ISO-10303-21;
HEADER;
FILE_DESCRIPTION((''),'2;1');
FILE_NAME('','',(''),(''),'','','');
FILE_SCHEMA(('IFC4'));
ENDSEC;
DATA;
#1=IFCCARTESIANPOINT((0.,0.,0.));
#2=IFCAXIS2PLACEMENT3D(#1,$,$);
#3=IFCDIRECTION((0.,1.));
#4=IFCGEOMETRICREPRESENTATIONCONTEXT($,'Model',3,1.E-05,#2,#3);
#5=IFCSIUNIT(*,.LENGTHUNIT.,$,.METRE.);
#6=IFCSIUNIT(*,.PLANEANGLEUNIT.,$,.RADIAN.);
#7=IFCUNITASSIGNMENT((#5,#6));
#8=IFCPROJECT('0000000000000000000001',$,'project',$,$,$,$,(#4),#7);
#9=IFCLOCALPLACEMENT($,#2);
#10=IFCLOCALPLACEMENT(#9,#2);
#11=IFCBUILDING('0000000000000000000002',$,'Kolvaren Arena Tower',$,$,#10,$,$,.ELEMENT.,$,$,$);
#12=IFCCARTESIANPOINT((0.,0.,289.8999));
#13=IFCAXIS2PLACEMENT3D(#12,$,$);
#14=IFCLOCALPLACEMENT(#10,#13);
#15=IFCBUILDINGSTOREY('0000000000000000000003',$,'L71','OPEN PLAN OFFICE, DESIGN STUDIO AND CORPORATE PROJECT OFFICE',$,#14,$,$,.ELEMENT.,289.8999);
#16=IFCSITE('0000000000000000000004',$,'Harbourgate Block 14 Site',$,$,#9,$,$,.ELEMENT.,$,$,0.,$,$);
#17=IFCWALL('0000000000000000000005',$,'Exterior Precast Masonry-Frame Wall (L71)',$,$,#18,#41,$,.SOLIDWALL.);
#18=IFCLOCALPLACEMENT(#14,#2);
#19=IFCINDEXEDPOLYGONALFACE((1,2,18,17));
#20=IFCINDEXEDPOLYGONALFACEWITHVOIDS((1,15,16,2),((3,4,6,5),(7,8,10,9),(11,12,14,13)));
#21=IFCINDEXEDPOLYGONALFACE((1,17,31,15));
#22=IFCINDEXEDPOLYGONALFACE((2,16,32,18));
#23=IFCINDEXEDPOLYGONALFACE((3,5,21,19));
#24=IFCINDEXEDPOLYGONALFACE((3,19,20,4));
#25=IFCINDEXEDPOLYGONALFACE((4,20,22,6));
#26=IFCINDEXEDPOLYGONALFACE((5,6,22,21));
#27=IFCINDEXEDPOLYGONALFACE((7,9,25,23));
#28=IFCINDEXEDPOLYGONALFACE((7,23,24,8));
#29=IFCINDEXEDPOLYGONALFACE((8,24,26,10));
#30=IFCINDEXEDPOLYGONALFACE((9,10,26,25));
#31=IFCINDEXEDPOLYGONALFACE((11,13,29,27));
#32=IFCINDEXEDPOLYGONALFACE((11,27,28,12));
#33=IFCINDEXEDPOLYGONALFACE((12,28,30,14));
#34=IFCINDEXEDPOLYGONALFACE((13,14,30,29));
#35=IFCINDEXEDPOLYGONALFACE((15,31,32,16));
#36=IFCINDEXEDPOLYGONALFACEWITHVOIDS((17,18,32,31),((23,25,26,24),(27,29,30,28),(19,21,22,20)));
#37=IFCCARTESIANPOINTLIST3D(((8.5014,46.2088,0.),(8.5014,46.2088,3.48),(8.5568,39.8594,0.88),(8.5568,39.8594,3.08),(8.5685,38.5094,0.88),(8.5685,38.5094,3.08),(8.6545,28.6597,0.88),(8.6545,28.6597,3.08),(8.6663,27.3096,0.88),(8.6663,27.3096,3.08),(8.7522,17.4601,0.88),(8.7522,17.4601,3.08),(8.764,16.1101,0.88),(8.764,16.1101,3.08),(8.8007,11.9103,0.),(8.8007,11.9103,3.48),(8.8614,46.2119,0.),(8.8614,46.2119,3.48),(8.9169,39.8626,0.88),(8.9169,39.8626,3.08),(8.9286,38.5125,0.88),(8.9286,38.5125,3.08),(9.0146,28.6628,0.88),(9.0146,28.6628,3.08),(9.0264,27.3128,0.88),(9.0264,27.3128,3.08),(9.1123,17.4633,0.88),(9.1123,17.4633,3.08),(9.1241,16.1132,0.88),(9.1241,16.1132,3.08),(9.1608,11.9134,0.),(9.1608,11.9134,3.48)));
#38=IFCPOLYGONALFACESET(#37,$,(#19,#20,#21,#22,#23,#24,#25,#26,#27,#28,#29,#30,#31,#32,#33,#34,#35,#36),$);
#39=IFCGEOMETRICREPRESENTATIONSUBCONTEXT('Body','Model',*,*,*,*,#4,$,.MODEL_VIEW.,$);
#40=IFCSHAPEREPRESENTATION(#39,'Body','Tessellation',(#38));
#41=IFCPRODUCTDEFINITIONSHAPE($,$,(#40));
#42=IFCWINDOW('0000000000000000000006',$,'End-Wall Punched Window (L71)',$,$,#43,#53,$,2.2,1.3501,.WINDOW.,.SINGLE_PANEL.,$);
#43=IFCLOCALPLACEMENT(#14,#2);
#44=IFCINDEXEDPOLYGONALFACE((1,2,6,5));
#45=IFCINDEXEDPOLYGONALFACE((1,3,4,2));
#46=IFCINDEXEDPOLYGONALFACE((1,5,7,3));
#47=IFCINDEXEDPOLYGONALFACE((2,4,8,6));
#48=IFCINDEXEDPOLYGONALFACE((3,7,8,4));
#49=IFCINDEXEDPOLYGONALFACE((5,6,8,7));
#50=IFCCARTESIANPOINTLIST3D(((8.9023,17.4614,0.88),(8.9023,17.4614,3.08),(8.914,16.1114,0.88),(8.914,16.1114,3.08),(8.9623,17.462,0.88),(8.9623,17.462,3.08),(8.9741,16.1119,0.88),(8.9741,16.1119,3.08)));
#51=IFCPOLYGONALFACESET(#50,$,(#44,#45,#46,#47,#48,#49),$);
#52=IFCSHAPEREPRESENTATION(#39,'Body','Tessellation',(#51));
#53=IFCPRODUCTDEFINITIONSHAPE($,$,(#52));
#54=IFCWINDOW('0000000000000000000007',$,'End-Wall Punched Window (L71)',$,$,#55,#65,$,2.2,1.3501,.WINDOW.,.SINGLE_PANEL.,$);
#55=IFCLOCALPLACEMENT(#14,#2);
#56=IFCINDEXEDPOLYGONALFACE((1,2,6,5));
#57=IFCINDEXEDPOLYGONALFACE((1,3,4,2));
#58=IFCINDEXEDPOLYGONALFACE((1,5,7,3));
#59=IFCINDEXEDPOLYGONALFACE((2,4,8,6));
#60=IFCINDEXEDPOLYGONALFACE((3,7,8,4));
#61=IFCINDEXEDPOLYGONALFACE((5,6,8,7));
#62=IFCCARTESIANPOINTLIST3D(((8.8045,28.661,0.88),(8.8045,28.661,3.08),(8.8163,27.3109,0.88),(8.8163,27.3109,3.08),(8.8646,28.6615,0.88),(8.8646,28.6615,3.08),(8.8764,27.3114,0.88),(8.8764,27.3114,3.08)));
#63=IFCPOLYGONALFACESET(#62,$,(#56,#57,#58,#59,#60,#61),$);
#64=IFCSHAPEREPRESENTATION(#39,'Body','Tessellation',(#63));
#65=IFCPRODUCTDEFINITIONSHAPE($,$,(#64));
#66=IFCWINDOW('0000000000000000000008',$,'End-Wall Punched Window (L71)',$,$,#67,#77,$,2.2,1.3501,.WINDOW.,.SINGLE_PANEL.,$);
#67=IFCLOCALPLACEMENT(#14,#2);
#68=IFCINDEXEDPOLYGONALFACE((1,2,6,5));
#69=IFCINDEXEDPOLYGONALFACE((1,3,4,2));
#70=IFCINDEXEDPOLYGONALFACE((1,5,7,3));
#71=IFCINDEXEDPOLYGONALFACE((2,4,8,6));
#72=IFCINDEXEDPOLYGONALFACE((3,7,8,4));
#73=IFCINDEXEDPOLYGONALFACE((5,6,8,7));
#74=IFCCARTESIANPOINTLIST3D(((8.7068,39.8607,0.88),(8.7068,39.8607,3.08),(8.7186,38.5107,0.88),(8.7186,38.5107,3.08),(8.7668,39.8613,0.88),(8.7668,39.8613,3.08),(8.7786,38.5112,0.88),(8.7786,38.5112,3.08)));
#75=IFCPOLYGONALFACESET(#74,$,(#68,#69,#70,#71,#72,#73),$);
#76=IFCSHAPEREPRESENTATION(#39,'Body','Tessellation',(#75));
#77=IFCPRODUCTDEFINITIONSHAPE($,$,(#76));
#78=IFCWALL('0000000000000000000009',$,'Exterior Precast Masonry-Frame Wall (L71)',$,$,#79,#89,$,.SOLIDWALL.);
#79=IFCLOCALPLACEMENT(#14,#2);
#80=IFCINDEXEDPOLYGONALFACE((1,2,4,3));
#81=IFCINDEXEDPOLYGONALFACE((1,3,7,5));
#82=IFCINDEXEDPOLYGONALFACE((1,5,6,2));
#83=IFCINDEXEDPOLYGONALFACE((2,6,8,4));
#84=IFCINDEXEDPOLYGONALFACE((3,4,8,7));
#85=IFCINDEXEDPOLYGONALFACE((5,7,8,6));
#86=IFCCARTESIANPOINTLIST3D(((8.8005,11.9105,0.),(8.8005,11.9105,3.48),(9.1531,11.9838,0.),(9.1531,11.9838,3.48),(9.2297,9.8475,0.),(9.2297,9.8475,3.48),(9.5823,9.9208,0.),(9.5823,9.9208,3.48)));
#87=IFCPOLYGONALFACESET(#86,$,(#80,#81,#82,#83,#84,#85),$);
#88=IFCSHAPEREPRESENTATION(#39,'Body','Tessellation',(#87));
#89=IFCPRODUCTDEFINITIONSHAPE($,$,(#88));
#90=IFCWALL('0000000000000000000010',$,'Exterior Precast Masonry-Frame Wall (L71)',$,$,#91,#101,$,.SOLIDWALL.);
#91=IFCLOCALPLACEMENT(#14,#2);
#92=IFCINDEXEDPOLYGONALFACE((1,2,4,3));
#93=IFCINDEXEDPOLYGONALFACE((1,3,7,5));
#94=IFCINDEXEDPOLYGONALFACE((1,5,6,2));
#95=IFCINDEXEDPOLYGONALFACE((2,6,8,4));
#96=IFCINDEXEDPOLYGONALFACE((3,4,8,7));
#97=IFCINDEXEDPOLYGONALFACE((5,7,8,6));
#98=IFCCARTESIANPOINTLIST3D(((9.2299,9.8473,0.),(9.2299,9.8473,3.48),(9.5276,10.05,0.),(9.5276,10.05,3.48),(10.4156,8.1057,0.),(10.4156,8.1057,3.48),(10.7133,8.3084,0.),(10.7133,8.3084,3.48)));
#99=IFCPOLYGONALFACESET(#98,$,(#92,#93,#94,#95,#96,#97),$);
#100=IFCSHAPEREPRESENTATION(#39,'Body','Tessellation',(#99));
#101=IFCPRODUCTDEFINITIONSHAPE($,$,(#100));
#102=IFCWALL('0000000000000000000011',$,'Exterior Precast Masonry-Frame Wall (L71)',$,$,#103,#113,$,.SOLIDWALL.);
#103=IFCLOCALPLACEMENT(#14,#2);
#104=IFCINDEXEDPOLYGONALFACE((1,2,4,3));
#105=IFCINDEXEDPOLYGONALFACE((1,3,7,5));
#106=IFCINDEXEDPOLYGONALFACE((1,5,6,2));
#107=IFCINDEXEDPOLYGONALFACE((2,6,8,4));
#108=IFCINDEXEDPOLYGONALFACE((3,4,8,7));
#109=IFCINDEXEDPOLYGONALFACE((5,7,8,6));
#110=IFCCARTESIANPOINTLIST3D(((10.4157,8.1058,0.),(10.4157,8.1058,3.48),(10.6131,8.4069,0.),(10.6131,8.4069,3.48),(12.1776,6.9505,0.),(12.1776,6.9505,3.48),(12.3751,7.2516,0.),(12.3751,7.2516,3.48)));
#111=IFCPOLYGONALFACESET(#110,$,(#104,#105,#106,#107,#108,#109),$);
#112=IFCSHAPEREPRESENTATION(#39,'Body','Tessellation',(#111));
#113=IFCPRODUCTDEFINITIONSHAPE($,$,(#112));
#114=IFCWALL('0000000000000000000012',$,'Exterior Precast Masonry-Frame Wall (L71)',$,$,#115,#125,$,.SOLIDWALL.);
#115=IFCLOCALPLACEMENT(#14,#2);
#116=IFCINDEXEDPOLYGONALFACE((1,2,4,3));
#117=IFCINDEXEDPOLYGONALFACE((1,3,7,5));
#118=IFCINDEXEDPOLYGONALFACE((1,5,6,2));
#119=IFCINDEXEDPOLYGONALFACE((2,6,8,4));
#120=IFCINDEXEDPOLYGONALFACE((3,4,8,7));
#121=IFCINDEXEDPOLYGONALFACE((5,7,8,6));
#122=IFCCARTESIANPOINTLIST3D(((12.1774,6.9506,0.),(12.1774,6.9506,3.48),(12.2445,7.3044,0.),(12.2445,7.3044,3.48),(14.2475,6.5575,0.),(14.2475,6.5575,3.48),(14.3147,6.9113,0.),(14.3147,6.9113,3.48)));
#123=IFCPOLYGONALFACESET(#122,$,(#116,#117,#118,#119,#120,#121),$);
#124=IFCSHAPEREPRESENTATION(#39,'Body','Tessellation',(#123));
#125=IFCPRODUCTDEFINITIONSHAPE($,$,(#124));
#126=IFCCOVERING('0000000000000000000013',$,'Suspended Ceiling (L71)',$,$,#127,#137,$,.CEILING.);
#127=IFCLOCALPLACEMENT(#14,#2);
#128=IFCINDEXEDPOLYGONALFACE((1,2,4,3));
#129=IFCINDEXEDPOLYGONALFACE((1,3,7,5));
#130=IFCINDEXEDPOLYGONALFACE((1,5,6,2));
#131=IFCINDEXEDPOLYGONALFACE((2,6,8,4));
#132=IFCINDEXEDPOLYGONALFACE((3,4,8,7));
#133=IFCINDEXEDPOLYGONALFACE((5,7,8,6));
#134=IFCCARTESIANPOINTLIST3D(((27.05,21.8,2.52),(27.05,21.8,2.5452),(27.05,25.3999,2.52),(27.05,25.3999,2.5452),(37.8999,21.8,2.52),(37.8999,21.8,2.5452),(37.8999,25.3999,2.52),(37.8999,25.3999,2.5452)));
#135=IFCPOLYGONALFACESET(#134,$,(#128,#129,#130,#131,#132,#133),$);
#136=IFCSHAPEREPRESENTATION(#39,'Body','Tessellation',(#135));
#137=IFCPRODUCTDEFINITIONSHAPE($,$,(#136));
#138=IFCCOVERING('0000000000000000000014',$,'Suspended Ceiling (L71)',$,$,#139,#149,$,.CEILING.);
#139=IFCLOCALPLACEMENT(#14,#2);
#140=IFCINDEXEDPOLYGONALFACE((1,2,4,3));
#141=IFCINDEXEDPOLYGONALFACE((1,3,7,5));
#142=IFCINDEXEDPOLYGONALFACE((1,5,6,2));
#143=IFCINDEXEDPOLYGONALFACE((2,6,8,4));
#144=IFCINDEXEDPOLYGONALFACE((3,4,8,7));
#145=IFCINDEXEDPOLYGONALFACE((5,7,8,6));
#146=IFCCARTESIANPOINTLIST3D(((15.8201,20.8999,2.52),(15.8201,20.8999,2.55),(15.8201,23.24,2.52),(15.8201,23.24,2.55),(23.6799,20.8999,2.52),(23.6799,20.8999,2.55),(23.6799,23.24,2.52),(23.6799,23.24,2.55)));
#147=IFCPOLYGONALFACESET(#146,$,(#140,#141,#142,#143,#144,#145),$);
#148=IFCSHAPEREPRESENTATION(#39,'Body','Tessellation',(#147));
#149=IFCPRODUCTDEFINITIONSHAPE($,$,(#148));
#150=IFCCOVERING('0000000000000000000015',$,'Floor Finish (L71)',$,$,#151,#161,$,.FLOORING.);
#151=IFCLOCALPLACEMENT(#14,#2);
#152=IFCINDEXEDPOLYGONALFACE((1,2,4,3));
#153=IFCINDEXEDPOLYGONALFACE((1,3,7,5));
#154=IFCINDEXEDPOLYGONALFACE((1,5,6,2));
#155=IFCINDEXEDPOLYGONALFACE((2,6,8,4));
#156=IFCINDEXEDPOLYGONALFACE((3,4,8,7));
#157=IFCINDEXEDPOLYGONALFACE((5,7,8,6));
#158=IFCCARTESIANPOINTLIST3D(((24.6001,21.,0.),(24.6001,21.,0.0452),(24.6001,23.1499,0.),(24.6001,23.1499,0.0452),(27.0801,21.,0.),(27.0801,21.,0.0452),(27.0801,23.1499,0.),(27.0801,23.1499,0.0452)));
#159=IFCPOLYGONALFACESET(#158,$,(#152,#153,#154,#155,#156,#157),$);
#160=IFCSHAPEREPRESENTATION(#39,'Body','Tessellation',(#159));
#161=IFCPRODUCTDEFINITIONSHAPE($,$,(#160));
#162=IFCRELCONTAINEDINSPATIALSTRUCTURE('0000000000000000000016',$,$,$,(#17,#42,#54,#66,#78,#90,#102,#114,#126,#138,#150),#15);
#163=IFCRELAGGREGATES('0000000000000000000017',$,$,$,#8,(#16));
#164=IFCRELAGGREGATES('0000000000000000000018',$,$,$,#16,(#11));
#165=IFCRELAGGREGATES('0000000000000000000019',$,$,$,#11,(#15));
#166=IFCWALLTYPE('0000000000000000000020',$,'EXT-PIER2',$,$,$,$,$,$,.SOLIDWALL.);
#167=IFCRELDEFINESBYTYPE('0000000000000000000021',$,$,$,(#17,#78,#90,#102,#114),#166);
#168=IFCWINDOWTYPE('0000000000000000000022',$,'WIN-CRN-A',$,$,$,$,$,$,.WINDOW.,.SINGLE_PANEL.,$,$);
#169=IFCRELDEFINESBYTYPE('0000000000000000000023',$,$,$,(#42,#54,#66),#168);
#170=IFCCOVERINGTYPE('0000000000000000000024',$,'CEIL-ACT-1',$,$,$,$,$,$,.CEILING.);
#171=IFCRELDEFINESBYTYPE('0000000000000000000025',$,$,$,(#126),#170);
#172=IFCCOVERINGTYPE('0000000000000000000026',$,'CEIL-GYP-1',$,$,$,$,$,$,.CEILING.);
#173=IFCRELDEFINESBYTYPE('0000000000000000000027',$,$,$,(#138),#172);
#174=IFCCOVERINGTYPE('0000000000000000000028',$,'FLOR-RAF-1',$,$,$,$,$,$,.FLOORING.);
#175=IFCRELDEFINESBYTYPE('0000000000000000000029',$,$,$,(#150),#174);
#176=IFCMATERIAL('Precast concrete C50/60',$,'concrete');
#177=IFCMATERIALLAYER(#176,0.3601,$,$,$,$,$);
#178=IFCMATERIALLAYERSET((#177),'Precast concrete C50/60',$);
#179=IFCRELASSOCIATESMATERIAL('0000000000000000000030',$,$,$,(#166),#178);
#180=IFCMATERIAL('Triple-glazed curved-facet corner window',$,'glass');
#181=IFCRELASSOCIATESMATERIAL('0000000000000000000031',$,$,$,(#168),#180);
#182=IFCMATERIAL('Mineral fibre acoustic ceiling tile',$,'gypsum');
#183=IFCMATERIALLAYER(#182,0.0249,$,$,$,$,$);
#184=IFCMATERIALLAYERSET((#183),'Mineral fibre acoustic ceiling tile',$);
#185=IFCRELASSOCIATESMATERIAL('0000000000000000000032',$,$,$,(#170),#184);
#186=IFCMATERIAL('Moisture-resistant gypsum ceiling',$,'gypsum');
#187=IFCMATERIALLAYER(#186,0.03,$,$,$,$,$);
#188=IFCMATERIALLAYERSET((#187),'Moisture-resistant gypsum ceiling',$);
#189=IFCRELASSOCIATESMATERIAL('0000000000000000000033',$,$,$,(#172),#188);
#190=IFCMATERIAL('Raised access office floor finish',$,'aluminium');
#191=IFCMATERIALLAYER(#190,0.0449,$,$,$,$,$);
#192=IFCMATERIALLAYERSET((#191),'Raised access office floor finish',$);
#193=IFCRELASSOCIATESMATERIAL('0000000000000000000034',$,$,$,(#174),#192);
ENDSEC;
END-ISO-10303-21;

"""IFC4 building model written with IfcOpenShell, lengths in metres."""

from ifc_helpers import new_model, si_unit, direction, frame, frame_2d, origin, place, context, subcontext, project, spatial, polyline, rectangle, outline, extrude, material, layer, layer_set, type_object, element, fill, save


model = new_model("IFC4")

# Units and contexts
model_context = context("Model", 3, precision=1e-05, world=origin(), true_north=direction((0.0, 1.0)))
body_context = subcontext(model_context, "Body", "Model", "MODEL_VIEW")
ifc_project = project(units=[si_unit("LENGTHUNIT", "METRE"), si_unit("PLANEANGLEUNIT", "RADIAN")], contexts=[model_context])

# Site, building, storey
site_placement = place(None, origin())
site = spatial("IfcSite", under=ifc_project, at=site_placement, Name="Harbourgate Block 14 Site", CompositionType="ELEMENT", RefElevation=0.0)
building_placement = place(site_placement, origin())
building = spatial("IfcBuilding", under=site, at=building_placement, Name="Kolvaren Arena Tower", CompositionType="ELEMENT")
storey_placement = place(building_placement, frame((0.0, 0.0, 289.8999)))
storey = spatial("IfcBuildingStorey", under=building, at=storey_placement, Name="L71", Description="OPEN PLAN OFFICE, DESIGN STUDIO AND CORPORATE PROJECT OFFICE", CompositionType="ELEMENT", Elevation=289.8999)

# Shared definitions
ifc_material_1 = material(Name="Precast concrete C50/60", Category="concrete")

# Wall, openings, windows
ifc_layer_1 = layer(ifc_material_1, 0.3601)
ifc_layer_set_1 = layer_set([ifc_layer_1], Name="Precast concrete C50/60")
wall_type = type_object("IfcWallType", Name="EXT-PIER2", PredefinedType="SOLIDWALL", material=ifc_layer_set_1)
wall_1_placement = place(storey_placement, frame((8.9807, 11.9119, 0.0), z_axis=(0.0, 0.0, 1.0), x_axis=(-0.008726, 0.999962, 0.0)))
wall_1 = element("IfcWall", 1, at=wall_1_placement, inside=storey, type_object=wall_type, Name="Exterior Precast Masonry-Frame Wall (L71)", PredefinedType="SOLIDWALL", context=body_context, shape_type="SweptSolid", body=[
    extrude(rectangle(XDim=34.2998, YDim=0.3601, at=frame_2d((17.1499, 0.0))), origin(), (0.0, 0.0, 1.0), 3.48),
])
opening_1_placement = place(wall_1_placement, frame((4.2, 0.0, 0.8799)))
opening_1 = element("IfcOpeningElement", 2, at=opening_1_placement, cuts=wall_1, PredefinedType="OPENING", context=body_context, shape_type="SweptSolid", body=[
    extrude(rectangle(XDim=1.3501, YDim=2.2, at=frame_2d((0.675, 1.1001))), frame((0.0, 0.1899, 0.0), z_axis=(0.0, -1.0, 0.0), x_axis=(1.0, 0.0, 0.0)), (0.0, 0.0, 1.0), 0.3801),
])
opening_2_placement = place(wall_1_placement, frame((15.3999, 0.0, 0.8799)))
opening_2 = element("IfcOpeningElement", 3, at=opening_2_placement, cuts=wall_1, PredefinedType="OPENING", context=body_context, shape_type="SweptSolid", body=[
    extrude(rectangle(XDim=1.3501, YDim=2.2, at=frame_2d((0.675, 1.1001))), frame((0.0, 0.1899, 0.0), z_axis=(0.0, -1.0, 0.0), x_axis=(1.0, 0.0, 0.0)), (0.0, 0.0, 1.0), 0.3801),
])
opening_3_placement = place(wall_1_placement, frame((26.6001, 0.0, 0.8799)))
opening_3 = element("IfcOpeningElement", 4, at=opening_3_placement, cuts=wall_1, PredefinedType="OPENING", context=body_context, shape_type="SweptSolid", body=[
    extrude(rectangle(XDim=1.3501, YDim=2.2, at=frame_2d((0.675, 1.1001))), frame((0.0, 0.1899, 0.0), z_axis=(0.0, -1.0, 0.0), x_axis=(1.0, 0.0, 0.0)), (0.0, 0.0, 1.0), 0.3801),
])
ifc_material_2 = material(Name="Triple-glazed curved-facet corner window", Category="glass")
window_type = type_object("IfcWindowType", Name="WIN-CRN-A", PartitioningType="SINGLE_PANEL", PredefinedType="WINDOW", material=ifc_material_2)
window_1_placement = place(opening_1_placement, origin())
window_1 = element("IfcWindow", 5, at=window_1_placement, inside=storey, type_object=window_type, Name="End-Wall Punched Window (L71)", OverallHeight=2.2, OverallWidth=1.3501, PartitioningType="SINGLE_PANEL", PredefinedType="WINDOW", context=body_context, shape_type="SweptSolid", body=[
    extrude(rectangle(XDim=1.3501, YDim=2.2, at=frame_2d((0.675, 1.1001))), frame((0.0, 0.03, 0.0), z_axis=(0.0, -1.0, 0.0), x_axis=(1.0, 0.0, 0.0)), (0.0, 0.0, 1.0), 0.0601),
])
fill(opening_1, window_1)
window_2_placement = place(opening_2_placement, origin())
window_2 = element("IfcWindow", 6, at=window_2_placement, inside=storey, type_object=window_type, Name="End-Wall Punched Window (L71)", OverallHeight=2.2, OverallWidth=1.3501, PartitioningType="SINGLE_PANEL", PredefinedType="WINDOW", context=body_context, shape_type="SweptSolid", body=[
    extrude(rectangle(XDim=1.3501, YDim=2.2, at=frame_2d((0.675, 1.1001))), frame((0.0, 0.03, 0.0), z_axis=(0.0, -1.0, 0.0), x_axis=(1.0, 0.0, 0.0)), (0.0, 0.0, 1.0), 0.0601),
])
fill(opening_2, window_2)
window_3_placement = place(opening_3_placement, origin())
window_3 = element("IfcWindow", 7, at=window_3_placement, inside=storey, type_object=window_type, Name="End-Wall Punched Window (L71)", OverallHeight=2.2, OverallWidth=1.3501, PartitioningType="SINGLE_PANEL", PredefinedType="WINDOW", context=body_context, shape_type="SweptSolid", body=[
    extrude(rectangle(XDim=1.3501, YDim=2.2, at=frame_2d((0.675, 1.1001))), frame((0.0, 0.03, 0.0), z_axis=(0.0, -1.0, 0.0), x_axis=(1.0, 0.0, 0.0)), (0.0, 0.0, 1.0), 0.0601),
])
fill(opening_3, window_3)

# Walls
wall_2_placement = place(storey_placement, frame((9.406, 9.884, 0.0), z_axis=(0.0, 0.0, 1.0), x_axis=(-0.203686, 0.979036, 0.0)))
element("IfcWall", 8, at=wall_2_placement, inside=storey, type_object=wall_type, Name="Exterior Precast Masonry-Frame Wall (L71)", PredefinedType="SOLIDWALL", context=body_context, shape_type="SweptSolid", body=[
    extrude(rectangle(XDim=2.1072, YDim=0.3601, at=frame_2d((1.0537, 0.0))), origin(), (0.0, 0.0, 1.0), 3.48),
])
for number, where, z_axis, x_axis, name in (
    (9, (10.5645, 8.207, 0.0), (0.0, 0.0, 1.0), (-0.562776, 0.82661, 0.0), "Exterior Precast Masonry-Frame Wall (L71)"),
    (10, (12.2764, 7.1011, 0.0), (0.0, 0.0, 1.0), (-0.836269, 0.54832, 0.0), "Exterior Precast Masonry-Frame Wall (L71)"),
):
    element("IfcWall", number, at=place(storey_placement, frame(where, z_axis=z_axis, x_axis=x_axis)), inside=storey, type_object=wall_type, Name=name, PredefinedType="SOLIDWALL", context=body_context, shape_type="SweptSolid", body=[
        extrude(rectangle(XDim=2.1069, YDim=0.3601, at=frame_2d((1.0535, 0.0))), origin(), (0.0, 0.0, 1.0), 3.48),
    ])
wall_3_placement = place(storey_placement, frame((14.2812, 6.7344, 0.0), z_axis=(0.0, 0.0, 1.0), x_axis=(-0.982446, 0.186548, 0.0)))
element("IfcWall", 11, at=wall_3_placement, inside=storey, type_object=wall_type, Name="Exterior Precast Masonry-Frame Wall (L71)", PredefinedType="SOLIDWALL", context=body_context, shape_type="SweptSolid", body=[
    extrude(rectangle(XDim=2.1072, YDim=0.3601, at=frame_2d((1.0537, 0.0))), origin(), (0.0, 0.0, 1.0), 3.48),
])

# Coverings
ifc_material_3 = material(Name="Mineral fibre acoustic ceiling tile", Category="gypsum")
ifc_layer_2 = layer(ifc_material_3, 0.0249)
ifc_layer_set_2 = layer_set([ifc_layer_2], Name="Mineral fibre acoustic ceiling tile")
covering_type_1 = type_object("IfcCoveringType", Name="CEIL-ACT-1", PredefinedType="CEILING", material=ifc_layer_set_2)
covering_1_placement = place(storey_placement, frame((0.0, 0.0, 2.52)))
element("IfcCovering", 12, at=covering_1_placement, inside=storey, type_object=covering_type_1, Name="Suspended Ceiling (L71)", PredefinedType="CEILING", context=body_context, shape_type="SweptSolid", body=[
    extrude(outline(polyline([(27.05, 21.8), (27.05, 25.3999), (37.8999, 25.3999), (37.8999, 21.8), (27.05, 21.8)])), origin(), (0.0, 0.0, 1.0), 0.0251),
])
ifc_material_4 = material(Name="Moisture-resistant gypsum ceiling", Category="gypsum")
ifc_layer_3 = layer(ifc_material_4, 0.03)
ifc_layer_set_3 = layer_set([ifc_layer_3], Name="Moisture-resistant gypsum ceiling")
covering_type_2 = type_object("IfcCoveringType", Name="CEIL-GYP-1", PredefinedType="CEILING", material=ifc_layer_set_3)
covering_2_placement = place(storey_placement, frame((0.0, 0.0, 2.52)))
element("IfcCovering", 13, at=covering_2_placement, inside=storey, type_object=covering_type_2, Name="Suspended Ceiling (L71)", PredefinedType="CEILING", context=body_context, shape_type="SweptSolid", body=[
    extrude(outline(polyline([(15.8201, 20.8999), (15.8201, 23.24), (23.6799, 23.24), (23.6799, 20.8999), (15.8201, 20.8999)])), origin(), (0.0, 0.0, 1.0), 0.03),
])
ifc_material_5 = material(Name="Raised access office floor finish", Category="aluminium")
ifc_layer_4 = layer(ifc_material_5, 0.0449)
ifc_layer_set_4 = layer_set([ifc_layer_4], Name="Raised access office floor finish")
covering_type_3 = type_object("IfcCoveringType", Name="FLOR-RAF-1", PredefinedType="FLOORING", material=ifc_layer_set_4)
covering_3_placement = place(storey_placement, origin())
element("IfcCovering", 14, at=covering_3_placement, inside=storey, type_object=covering_type_3, Name="Floor Finish (L71)", PredefinedType="FLOORING", context=body_context, shape_type="SweptSolid", body=[
    extrude(outline(polyline([(24.6001, 21.0), (24.6001, 23.1499), (27.0801, 23.1499), (27.0801, 21.0), (24.6001, 21.0)])), origin(), (0.0, 0.0, 1.0), 0.0452),
])

save(model, "model.ifc")
